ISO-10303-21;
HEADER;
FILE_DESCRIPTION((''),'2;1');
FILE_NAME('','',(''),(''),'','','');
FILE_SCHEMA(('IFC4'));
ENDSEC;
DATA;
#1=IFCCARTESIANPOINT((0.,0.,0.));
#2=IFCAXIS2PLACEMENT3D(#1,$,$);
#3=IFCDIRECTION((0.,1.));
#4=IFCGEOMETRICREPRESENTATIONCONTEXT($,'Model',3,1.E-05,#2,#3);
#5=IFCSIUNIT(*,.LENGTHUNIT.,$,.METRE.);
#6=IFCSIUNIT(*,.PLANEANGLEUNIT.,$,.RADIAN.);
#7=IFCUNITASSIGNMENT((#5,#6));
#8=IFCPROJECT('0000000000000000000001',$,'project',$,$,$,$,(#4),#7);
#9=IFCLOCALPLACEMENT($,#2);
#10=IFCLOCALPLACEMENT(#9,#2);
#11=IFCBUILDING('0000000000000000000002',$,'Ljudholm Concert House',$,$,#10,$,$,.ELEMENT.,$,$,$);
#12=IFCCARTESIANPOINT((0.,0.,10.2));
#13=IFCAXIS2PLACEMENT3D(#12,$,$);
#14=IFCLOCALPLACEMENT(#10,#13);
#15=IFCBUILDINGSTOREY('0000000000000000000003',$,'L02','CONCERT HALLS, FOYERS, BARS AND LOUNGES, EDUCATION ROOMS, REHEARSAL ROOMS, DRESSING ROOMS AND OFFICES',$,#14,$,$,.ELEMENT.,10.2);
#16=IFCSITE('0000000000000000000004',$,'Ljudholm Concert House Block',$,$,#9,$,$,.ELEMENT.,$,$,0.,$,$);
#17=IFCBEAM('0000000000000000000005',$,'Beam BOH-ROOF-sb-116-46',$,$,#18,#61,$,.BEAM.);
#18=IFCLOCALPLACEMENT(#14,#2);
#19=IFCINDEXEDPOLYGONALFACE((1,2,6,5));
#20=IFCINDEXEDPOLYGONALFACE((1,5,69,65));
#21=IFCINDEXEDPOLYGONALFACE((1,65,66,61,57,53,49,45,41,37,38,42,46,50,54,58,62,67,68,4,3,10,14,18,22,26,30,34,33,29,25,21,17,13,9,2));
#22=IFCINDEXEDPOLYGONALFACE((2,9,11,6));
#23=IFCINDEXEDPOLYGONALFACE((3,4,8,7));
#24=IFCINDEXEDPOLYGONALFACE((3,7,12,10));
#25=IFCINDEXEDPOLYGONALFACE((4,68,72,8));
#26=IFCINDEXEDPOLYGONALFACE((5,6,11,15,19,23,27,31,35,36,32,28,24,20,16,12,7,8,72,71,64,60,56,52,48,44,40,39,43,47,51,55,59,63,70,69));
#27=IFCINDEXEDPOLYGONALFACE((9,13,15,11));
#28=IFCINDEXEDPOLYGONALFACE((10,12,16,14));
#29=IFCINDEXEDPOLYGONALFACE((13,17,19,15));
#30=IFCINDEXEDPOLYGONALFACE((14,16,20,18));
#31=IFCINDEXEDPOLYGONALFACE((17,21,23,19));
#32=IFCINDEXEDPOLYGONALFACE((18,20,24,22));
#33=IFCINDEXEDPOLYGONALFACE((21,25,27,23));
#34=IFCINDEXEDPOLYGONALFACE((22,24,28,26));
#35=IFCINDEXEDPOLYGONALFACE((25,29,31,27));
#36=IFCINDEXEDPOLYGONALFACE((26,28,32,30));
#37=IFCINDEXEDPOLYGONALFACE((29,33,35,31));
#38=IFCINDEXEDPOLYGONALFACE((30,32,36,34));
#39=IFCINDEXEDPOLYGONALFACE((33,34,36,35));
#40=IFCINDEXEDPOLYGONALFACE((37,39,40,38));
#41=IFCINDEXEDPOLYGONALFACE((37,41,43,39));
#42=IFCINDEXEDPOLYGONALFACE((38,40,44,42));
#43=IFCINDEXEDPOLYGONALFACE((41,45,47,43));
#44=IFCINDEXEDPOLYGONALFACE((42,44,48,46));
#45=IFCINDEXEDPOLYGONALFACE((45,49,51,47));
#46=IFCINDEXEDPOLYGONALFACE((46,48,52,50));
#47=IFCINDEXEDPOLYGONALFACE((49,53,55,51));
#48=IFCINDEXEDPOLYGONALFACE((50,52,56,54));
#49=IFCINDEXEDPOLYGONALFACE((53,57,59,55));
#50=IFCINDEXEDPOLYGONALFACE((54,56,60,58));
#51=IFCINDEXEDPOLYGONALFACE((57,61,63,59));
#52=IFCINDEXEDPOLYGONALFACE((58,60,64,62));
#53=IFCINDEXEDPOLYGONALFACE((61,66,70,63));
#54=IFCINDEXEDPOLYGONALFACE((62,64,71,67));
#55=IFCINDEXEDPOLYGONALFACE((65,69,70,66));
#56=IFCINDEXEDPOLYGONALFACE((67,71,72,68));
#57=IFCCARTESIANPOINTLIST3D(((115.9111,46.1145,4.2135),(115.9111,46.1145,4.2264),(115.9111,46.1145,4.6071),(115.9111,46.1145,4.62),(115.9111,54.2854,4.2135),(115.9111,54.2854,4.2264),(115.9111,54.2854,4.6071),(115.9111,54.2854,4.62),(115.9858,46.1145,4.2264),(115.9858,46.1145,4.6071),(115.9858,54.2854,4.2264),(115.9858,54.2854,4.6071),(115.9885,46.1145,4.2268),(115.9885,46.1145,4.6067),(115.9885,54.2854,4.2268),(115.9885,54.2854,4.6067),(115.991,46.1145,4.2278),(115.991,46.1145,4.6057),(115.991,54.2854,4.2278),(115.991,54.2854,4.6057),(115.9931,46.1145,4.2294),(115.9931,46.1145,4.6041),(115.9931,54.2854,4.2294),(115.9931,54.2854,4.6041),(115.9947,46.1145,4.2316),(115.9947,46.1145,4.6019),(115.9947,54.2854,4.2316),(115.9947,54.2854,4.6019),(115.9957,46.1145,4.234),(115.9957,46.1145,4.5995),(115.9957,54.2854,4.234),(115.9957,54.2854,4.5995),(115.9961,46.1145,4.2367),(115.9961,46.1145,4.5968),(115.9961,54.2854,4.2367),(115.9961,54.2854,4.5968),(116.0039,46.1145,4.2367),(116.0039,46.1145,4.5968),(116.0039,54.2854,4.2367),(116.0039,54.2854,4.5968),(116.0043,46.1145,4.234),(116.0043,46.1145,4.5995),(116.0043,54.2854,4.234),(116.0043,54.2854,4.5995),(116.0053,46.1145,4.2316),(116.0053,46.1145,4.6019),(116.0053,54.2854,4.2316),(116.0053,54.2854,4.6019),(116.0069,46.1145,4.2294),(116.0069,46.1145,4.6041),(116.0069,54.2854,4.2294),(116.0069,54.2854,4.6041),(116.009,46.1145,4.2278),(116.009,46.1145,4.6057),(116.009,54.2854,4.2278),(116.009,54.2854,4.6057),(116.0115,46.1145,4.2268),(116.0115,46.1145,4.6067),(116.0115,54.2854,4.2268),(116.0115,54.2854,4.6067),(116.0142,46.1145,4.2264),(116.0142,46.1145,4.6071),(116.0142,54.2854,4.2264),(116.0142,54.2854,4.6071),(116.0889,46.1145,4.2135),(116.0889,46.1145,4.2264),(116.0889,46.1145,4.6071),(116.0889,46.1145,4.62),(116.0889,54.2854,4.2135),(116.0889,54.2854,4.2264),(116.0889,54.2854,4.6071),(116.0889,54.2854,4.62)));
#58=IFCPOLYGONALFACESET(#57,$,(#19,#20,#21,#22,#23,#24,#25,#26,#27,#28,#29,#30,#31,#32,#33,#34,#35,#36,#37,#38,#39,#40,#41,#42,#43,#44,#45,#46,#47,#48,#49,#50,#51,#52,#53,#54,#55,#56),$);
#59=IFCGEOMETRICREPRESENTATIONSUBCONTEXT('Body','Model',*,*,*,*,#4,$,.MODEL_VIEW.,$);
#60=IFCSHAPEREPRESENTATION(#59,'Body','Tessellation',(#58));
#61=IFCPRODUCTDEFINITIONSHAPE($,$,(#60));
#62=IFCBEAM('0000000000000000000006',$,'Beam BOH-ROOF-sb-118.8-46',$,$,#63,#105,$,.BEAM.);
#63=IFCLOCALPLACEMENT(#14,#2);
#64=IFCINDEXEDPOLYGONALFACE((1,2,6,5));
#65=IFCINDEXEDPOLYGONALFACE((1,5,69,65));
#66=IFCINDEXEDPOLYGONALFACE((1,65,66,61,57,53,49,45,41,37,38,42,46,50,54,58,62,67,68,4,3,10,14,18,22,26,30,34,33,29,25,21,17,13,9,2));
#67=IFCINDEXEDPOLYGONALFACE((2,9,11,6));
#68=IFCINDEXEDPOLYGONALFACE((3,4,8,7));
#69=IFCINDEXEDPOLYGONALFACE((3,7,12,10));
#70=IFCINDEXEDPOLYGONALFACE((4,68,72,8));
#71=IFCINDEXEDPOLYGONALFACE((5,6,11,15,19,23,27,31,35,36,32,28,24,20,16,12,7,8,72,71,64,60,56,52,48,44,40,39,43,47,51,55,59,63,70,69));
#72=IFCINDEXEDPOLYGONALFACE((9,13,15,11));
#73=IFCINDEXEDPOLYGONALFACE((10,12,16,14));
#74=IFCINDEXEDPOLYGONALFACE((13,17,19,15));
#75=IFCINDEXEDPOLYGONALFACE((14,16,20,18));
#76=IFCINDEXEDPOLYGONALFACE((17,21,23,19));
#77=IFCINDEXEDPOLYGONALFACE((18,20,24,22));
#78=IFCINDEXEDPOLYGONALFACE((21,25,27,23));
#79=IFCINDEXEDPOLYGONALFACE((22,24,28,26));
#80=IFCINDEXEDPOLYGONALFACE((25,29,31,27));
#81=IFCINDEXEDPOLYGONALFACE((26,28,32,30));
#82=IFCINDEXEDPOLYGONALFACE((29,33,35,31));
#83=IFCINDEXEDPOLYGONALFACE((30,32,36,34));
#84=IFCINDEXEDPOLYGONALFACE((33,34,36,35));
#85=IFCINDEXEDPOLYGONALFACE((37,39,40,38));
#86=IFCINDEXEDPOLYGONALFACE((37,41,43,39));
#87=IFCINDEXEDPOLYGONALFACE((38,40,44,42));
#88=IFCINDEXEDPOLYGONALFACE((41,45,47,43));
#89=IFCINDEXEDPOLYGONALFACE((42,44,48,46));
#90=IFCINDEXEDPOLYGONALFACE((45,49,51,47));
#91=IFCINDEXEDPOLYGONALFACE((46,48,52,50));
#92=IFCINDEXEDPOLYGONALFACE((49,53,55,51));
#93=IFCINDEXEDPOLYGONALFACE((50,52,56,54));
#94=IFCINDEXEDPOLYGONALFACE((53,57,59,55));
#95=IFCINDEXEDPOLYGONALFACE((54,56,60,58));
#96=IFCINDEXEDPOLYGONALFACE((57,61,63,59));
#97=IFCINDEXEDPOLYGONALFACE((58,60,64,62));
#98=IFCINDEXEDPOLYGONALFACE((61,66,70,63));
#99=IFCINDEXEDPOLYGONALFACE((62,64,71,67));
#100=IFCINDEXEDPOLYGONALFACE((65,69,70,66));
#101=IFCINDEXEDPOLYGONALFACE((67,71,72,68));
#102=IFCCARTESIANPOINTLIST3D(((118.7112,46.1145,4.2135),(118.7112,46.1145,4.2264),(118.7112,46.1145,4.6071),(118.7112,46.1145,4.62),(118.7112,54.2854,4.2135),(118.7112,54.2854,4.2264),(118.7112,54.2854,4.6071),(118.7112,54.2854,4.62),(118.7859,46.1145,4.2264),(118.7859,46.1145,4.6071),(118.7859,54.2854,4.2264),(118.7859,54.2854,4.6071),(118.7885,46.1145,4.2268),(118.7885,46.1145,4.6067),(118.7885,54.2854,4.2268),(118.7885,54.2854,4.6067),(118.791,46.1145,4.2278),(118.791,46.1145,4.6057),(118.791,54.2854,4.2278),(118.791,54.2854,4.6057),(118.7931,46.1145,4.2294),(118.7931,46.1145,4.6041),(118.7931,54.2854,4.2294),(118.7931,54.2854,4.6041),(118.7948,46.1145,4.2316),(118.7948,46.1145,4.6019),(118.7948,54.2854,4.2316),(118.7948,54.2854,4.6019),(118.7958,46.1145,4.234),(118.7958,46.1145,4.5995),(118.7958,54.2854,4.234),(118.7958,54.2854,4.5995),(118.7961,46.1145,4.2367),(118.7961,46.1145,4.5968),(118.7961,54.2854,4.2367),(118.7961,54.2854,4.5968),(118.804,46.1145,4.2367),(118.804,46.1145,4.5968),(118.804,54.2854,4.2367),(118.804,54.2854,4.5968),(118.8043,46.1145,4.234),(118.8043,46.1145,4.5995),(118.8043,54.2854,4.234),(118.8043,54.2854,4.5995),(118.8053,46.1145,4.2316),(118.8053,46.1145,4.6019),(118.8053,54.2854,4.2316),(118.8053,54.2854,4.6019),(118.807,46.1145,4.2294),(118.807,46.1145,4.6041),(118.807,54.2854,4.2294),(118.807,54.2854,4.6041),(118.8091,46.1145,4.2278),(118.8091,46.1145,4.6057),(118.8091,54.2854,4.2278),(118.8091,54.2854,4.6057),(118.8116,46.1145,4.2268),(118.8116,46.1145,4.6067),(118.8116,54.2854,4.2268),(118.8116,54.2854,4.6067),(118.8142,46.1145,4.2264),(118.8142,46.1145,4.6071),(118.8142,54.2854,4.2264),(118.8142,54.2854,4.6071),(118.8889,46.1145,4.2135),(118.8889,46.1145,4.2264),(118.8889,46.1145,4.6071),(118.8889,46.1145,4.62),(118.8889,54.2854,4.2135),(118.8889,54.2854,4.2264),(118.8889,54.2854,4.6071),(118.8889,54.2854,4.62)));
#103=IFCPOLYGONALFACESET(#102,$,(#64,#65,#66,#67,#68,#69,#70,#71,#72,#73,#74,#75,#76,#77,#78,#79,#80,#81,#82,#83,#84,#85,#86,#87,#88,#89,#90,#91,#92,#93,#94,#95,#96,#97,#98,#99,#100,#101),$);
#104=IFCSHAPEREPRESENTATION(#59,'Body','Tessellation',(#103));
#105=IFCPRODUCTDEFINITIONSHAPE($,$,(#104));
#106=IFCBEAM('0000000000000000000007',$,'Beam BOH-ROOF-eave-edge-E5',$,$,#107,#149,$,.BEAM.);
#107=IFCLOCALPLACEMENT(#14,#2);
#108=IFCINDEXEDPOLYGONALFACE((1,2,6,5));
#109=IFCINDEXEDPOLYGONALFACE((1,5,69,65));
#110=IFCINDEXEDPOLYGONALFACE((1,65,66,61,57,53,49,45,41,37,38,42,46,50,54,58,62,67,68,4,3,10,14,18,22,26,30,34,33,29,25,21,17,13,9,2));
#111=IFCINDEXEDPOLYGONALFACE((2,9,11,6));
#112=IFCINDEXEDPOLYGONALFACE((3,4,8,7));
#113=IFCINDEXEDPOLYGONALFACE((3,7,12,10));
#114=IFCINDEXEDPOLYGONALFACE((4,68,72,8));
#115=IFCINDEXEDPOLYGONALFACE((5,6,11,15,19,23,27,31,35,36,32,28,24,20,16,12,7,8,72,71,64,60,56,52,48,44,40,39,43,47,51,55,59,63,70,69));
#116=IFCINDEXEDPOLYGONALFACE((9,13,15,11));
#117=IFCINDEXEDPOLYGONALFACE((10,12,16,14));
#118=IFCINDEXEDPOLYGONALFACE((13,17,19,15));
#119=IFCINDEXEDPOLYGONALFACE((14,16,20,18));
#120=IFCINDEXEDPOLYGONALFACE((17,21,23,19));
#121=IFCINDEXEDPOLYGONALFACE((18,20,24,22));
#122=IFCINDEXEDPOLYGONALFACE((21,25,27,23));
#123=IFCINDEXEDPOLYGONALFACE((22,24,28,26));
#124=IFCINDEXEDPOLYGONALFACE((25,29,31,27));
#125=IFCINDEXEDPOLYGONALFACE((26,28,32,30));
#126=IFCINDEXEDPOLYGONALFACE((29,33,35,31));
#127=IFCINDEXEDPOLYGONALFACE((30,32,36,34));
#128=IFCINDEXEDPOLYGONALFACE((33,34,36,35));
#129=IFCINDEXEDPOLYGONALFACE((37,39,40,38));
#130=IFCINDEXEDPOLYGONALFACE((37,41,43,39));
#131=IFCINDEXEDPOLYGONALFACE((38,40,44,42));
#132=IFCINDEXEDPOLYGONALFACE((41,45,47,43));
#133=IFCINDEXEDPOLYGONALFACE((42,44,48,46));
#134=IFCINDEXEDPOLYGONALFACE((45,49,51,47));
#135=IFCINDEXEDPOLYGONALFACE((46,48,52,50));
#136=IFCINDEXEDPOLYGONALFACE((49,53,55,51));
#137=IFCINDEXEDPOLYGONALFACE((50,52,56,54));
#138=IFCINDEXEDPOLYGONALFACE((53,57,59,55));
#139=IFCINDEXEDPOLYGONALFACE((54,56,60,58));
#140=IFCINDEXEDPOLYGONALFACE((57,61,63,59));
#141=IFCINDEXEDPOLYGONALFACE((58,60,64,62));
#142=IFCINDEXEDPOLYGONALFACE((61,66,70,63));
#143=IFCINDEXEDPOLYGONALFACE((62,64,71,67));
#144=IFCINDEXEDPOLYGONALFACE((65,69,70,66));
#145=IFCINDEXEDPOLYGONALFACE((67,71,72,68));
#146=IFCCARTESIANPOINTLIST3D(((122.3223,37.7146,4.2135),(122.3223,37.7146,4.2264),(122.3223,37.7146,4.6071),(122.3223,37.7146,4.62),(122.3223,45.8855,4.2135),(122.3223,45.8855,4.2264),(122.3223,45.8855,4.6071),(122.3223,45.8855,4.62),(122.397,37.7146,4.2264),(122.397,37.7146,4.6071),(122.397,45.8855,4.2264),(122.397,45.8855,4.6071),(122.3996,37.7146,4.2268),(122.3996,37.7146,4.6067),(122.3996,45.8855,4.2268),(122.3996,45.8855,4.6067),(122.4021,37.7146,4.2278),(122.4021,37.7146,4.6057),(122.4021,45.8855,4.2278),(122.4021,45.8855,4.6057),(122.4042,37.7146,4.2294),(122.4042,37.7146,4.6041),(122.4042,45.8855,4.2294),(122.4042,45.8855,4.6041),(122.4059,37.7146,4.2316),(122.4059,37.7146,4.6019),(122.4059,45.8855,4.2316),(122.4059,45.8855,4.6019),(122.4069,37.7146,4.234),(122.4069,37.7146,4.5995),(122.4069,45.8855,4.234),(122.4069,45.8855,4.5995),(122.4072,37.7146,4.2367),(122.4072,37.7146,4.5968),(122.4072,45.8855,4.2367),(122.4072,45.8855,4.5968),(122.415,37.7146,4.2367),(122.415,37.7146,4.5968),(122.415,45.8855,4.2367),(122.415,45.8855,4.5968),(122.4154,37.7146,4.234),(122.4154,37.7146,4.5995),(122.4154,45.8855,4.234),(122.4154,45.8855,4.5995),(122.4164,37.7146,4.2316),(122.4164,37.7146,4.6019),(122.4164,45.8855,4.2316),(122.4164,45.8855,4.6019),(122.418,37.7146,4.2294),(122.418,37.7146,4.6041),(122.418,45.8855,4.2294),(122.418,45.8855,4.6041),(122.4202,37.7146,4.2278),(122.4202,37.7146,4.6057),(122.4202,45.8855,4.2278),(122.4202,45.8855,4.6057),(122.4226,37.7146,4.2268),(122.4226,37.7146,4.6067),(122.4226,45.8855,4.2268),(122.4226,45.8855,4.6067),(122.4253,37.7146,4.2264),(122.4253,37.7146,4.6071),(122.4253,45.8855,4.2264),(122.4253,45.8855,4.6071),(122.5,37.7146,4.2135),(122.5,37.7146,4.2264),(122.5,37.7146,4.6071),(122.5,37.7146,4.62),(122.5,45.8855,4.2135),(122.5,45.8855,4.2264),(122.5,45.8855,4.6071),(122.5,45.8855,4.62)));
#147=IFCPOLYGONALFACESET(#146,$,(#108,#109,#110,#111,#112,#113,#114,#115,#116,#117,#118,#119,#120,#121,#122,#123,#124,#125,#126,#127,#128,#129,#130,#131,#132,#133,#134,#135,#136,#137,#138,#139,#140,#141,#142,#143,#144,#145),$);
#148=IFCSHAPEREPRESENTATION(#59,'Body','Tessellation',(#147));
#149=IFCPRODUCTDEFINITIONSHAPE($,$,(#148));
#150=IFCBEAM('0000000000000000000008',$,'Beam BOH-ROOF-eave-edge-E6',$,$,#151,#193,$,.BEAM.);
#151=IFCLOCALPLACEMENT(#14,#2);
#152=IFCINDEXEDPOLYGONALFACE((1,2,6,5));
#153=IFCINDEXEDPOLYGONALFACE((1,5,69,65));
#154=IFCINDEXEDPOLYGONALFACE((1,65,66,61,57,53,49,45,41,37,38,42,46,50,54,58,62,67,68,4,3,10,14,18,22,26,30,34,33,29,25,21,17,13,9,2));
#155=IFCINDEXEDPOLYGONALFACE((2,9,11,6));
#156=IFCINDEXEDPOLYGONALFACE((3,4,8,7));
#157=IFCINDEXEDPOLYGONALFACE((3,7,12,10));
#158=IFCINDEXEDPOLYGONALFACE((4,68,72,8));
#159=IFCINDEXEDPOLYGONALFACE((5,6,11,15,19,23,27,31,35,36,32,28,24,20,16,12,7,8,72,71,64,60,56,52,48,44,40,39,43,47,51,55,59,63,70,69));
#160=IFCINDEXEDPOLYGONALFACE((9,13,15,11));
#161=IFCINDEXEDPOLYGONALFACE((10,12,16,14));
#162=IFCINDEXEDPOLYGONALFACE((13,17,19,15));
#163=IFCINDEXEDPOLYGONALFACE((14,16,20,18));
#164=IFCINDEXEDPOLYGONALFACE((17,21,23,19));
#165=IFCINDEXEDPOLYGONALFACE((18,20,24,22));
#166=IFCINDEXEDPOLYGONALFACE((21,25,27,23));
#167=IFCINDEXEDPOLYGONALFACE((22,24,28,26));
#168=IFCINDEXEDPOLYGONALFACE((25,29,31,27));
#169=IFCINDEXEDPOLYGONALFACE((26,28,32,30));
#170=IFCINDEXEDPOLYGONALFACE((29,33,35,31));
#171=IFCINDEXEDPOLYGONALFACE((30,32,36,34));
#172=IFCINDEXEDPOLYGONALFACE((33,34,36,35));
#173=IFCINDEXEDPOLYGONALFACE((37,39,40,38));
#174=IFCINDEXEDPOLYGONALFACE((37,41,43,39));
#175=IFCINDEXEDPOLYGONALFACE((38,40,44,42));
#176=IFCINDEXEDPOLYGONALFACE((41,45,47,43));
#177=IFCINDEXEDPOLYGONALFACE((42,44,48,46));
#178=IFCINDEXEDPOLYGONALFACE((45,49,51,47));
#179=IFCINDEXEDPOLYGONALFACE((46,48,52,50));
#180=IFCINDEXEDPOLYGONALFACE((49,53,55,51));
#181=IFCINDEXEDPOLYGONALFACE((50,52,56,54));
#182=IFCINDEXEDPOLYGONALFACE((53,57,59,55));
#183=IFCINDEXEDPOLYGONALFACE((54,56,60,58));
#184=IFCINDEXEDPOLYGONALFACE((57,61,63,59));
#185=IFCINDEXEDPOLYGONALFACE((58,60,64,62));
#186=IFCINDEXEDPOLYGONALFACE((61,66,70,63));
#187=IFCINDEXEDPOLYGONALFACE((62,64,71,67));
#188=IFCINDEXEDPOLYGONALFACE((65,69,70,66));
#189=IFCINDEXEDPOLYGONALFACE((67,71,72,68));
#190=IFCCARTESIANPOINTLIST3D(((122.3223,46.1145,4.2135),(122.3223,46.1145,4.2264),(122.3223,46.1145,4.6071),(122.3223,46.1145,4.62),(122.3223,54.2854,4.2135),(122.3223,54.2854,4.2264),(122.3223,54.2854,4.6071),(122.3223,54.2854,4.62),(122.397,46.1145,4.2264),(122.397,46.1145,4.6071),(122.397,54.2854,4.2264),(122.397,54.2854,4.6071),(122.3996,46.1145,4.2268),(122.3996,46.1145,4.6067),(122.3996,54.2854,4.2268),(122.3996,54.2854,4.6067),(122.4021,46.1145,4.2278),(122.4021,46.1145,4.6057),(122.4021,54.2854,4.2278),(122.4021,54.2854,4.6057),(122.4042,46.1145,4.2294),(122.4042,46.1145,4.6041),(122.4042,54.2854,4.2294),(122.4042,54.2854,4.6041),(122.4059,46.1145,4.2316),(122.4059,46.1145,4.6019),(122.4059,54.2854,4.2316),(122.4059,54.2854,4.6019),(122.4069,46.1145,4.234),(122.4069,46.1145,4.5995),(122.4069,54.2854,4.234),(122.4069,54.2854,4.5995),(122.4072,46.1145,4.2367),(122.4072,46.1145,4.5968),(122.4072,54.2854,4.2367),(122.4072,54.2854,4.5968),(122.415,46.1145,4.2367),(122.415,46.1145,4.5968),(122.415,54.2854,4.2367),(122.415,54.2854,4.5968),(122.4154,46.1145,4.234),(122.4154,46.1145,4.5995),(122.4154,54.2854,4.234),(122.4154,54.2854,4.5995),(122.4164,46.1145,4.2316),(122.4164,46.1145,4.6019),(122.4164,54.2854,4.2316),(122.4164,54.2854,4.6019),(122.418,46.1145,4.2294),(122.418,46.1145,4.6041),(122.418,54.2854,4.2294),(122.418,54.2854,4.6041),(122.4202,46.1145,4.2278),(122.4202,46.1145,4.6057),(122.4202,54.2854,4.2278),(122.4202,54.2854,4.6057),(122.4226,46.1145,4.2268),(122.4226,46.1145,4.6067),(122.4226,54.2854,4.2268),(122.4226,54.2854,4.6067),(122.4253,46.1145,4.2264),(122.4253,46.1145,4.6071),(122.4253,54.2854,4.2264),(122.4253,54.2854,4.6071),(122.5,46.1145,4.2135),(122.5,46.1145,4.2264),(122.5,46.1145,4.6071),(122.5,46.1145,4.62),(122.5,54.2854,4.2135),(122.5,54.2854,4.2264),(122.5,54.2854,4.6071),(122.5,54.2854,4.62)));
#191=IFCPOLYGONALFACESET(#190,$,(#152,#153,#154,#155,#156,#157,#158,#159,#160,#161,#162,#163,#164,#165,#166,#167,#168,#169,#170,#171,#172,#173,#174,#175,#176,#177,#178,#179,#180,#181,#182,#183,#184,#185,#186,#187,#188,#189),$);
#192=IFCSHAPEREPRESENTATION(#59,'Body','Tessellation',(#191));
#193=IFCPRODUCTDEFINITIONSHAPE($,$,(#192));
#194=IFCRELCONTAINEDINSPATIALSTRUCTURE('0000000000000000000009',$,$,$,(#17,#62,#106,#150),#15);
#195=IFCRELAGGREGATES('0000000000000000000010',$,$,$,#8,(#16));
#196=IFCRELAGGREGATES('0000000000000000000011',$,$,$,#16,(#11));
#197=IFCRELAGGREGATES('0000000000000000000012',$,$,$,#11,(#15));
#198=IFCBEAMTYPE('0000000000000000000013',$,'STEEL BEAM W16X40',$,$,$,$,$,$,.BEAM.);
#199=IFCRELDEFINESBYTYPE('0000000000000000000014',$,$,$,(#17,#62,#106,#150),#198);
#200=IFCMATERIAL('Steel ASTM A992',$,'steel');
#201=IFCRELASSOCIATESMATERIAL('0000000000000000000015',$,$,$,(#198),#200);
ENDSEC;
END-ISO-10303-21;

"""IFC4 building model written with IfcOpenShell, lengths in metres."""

from ifc_helpers import new_model, si_unit, direction, frame, origin, origin_2d, place, context, subcontext, project, spatial, i_section, extrude, material, material_profile, profile_set, type_object, element, save


model = new_model("IFC4")

# Units and contexts
model_context = context("Model", 3, precision=1e-05, world=origin(), true_north=direction((0.0, 1.0)))
body_context = subcontext(model_context, "Body", "Model", "MODEL_VIEW")
ifc_project = project(units=[si_unit("LENGTHUNIT", "METRE"), si_unit("PLANEANGLEUNIT", "RADIAN")], contexts=[model_context])

# Site, building, storey
site_placement = place(None, origin())
site = spatial("IfcSite", under=ifc_project, at=site_placement, Name="Ljudholm Concert House Block", CompositionType="ELEMENT", RefElevation=0.0)
building_placement = place(site_placement, origin())
building = spatial("IfcBuilding", under=site, at=building_placement, Name="Ljudholm Concert House", CompositionType="ELEMENT")
storey_placement = place(building_placement, frame((0.0, 0.0, 10.2)))
storey = spatial("IfcBuildingStorey", under=building, at=storey_placement, Name="L02", Description="CONCERT HALLS, FOYERS, BARS AND LOUNGES, EDUCATION ROOMS, REHEARSAL ROOMS, DRESSING ROOMS AND OFFICES", CompositionType="ELEMENT", Elevation=10.2)

# Beams
ifc_material_1 = material(Name="Steel ASTM A992", Category="steel")
ifc_material_profile_1 = material_profile(ifc_material_1, i_section(OverallWidth=0.1777, OverallDepth=0.4065, WebThickness=0.0078, FlangeThickness=0.0129, FilletRadius=0.0103, at=origin_2d()), Name="W16X40")
ifc_profile_set_1 = profile_set([ifc_material_profile_1], Name="Steel ASTM A992")
beam_type_1 = type_object("IfcBeamType", Name="STEEL BEAM W16X40", PredefinedType="BEAM", material=ifc_profile_set_1)
for number, where, z_axis, x_axis, name in (
    (1, (116.0, 46.1145, 4.4167), (0.0, 1.0, 0.0), (-1.0, 0.0, 0.0), "Beam BOH-ROOF-sb-116-46"),
    (2, (118.8, 46.1145, 4.4167), (0.0, 1.0, 0.0), (-1.0, 0.0, 0.0), "Beam BOH-ROOF-sb-118.8-46"),
    (3, (122.4111, 37.7146, 4.4167), (0.0, 1.0, 0.0), (-1.0, 0.0, 0.0), "Beam BOH-ROOF-eave-edge-E5"),
    (4, (122.4111, 46.1145, 4.4167), (0.0, 1.0, 0.0), (-1.0, 0.0, 0.0), "Beam BOH-ROOF-eave-edge-E6"),
):
    element("IfcBeam", number, at=place(storey_placement, frame(where, z_axis=z_axis, x_axis=x_axis)), inside=storey, type_object=beam_type_1, Name=name, PredefinedType="BEAM", context=body_context, shape_type="SweptSolid", body=[
        extrude(i_section(OverallWidth=0.1777, OverallDepth=0.4065, WebThickness=0.0078, FlangeThickness=0.0129, FilletRadius=0.0103, at=origin_2d()), origin(), (0.0, 0.0, 1.0), 8.1709),
    ])

save(model, "model.ifc")
